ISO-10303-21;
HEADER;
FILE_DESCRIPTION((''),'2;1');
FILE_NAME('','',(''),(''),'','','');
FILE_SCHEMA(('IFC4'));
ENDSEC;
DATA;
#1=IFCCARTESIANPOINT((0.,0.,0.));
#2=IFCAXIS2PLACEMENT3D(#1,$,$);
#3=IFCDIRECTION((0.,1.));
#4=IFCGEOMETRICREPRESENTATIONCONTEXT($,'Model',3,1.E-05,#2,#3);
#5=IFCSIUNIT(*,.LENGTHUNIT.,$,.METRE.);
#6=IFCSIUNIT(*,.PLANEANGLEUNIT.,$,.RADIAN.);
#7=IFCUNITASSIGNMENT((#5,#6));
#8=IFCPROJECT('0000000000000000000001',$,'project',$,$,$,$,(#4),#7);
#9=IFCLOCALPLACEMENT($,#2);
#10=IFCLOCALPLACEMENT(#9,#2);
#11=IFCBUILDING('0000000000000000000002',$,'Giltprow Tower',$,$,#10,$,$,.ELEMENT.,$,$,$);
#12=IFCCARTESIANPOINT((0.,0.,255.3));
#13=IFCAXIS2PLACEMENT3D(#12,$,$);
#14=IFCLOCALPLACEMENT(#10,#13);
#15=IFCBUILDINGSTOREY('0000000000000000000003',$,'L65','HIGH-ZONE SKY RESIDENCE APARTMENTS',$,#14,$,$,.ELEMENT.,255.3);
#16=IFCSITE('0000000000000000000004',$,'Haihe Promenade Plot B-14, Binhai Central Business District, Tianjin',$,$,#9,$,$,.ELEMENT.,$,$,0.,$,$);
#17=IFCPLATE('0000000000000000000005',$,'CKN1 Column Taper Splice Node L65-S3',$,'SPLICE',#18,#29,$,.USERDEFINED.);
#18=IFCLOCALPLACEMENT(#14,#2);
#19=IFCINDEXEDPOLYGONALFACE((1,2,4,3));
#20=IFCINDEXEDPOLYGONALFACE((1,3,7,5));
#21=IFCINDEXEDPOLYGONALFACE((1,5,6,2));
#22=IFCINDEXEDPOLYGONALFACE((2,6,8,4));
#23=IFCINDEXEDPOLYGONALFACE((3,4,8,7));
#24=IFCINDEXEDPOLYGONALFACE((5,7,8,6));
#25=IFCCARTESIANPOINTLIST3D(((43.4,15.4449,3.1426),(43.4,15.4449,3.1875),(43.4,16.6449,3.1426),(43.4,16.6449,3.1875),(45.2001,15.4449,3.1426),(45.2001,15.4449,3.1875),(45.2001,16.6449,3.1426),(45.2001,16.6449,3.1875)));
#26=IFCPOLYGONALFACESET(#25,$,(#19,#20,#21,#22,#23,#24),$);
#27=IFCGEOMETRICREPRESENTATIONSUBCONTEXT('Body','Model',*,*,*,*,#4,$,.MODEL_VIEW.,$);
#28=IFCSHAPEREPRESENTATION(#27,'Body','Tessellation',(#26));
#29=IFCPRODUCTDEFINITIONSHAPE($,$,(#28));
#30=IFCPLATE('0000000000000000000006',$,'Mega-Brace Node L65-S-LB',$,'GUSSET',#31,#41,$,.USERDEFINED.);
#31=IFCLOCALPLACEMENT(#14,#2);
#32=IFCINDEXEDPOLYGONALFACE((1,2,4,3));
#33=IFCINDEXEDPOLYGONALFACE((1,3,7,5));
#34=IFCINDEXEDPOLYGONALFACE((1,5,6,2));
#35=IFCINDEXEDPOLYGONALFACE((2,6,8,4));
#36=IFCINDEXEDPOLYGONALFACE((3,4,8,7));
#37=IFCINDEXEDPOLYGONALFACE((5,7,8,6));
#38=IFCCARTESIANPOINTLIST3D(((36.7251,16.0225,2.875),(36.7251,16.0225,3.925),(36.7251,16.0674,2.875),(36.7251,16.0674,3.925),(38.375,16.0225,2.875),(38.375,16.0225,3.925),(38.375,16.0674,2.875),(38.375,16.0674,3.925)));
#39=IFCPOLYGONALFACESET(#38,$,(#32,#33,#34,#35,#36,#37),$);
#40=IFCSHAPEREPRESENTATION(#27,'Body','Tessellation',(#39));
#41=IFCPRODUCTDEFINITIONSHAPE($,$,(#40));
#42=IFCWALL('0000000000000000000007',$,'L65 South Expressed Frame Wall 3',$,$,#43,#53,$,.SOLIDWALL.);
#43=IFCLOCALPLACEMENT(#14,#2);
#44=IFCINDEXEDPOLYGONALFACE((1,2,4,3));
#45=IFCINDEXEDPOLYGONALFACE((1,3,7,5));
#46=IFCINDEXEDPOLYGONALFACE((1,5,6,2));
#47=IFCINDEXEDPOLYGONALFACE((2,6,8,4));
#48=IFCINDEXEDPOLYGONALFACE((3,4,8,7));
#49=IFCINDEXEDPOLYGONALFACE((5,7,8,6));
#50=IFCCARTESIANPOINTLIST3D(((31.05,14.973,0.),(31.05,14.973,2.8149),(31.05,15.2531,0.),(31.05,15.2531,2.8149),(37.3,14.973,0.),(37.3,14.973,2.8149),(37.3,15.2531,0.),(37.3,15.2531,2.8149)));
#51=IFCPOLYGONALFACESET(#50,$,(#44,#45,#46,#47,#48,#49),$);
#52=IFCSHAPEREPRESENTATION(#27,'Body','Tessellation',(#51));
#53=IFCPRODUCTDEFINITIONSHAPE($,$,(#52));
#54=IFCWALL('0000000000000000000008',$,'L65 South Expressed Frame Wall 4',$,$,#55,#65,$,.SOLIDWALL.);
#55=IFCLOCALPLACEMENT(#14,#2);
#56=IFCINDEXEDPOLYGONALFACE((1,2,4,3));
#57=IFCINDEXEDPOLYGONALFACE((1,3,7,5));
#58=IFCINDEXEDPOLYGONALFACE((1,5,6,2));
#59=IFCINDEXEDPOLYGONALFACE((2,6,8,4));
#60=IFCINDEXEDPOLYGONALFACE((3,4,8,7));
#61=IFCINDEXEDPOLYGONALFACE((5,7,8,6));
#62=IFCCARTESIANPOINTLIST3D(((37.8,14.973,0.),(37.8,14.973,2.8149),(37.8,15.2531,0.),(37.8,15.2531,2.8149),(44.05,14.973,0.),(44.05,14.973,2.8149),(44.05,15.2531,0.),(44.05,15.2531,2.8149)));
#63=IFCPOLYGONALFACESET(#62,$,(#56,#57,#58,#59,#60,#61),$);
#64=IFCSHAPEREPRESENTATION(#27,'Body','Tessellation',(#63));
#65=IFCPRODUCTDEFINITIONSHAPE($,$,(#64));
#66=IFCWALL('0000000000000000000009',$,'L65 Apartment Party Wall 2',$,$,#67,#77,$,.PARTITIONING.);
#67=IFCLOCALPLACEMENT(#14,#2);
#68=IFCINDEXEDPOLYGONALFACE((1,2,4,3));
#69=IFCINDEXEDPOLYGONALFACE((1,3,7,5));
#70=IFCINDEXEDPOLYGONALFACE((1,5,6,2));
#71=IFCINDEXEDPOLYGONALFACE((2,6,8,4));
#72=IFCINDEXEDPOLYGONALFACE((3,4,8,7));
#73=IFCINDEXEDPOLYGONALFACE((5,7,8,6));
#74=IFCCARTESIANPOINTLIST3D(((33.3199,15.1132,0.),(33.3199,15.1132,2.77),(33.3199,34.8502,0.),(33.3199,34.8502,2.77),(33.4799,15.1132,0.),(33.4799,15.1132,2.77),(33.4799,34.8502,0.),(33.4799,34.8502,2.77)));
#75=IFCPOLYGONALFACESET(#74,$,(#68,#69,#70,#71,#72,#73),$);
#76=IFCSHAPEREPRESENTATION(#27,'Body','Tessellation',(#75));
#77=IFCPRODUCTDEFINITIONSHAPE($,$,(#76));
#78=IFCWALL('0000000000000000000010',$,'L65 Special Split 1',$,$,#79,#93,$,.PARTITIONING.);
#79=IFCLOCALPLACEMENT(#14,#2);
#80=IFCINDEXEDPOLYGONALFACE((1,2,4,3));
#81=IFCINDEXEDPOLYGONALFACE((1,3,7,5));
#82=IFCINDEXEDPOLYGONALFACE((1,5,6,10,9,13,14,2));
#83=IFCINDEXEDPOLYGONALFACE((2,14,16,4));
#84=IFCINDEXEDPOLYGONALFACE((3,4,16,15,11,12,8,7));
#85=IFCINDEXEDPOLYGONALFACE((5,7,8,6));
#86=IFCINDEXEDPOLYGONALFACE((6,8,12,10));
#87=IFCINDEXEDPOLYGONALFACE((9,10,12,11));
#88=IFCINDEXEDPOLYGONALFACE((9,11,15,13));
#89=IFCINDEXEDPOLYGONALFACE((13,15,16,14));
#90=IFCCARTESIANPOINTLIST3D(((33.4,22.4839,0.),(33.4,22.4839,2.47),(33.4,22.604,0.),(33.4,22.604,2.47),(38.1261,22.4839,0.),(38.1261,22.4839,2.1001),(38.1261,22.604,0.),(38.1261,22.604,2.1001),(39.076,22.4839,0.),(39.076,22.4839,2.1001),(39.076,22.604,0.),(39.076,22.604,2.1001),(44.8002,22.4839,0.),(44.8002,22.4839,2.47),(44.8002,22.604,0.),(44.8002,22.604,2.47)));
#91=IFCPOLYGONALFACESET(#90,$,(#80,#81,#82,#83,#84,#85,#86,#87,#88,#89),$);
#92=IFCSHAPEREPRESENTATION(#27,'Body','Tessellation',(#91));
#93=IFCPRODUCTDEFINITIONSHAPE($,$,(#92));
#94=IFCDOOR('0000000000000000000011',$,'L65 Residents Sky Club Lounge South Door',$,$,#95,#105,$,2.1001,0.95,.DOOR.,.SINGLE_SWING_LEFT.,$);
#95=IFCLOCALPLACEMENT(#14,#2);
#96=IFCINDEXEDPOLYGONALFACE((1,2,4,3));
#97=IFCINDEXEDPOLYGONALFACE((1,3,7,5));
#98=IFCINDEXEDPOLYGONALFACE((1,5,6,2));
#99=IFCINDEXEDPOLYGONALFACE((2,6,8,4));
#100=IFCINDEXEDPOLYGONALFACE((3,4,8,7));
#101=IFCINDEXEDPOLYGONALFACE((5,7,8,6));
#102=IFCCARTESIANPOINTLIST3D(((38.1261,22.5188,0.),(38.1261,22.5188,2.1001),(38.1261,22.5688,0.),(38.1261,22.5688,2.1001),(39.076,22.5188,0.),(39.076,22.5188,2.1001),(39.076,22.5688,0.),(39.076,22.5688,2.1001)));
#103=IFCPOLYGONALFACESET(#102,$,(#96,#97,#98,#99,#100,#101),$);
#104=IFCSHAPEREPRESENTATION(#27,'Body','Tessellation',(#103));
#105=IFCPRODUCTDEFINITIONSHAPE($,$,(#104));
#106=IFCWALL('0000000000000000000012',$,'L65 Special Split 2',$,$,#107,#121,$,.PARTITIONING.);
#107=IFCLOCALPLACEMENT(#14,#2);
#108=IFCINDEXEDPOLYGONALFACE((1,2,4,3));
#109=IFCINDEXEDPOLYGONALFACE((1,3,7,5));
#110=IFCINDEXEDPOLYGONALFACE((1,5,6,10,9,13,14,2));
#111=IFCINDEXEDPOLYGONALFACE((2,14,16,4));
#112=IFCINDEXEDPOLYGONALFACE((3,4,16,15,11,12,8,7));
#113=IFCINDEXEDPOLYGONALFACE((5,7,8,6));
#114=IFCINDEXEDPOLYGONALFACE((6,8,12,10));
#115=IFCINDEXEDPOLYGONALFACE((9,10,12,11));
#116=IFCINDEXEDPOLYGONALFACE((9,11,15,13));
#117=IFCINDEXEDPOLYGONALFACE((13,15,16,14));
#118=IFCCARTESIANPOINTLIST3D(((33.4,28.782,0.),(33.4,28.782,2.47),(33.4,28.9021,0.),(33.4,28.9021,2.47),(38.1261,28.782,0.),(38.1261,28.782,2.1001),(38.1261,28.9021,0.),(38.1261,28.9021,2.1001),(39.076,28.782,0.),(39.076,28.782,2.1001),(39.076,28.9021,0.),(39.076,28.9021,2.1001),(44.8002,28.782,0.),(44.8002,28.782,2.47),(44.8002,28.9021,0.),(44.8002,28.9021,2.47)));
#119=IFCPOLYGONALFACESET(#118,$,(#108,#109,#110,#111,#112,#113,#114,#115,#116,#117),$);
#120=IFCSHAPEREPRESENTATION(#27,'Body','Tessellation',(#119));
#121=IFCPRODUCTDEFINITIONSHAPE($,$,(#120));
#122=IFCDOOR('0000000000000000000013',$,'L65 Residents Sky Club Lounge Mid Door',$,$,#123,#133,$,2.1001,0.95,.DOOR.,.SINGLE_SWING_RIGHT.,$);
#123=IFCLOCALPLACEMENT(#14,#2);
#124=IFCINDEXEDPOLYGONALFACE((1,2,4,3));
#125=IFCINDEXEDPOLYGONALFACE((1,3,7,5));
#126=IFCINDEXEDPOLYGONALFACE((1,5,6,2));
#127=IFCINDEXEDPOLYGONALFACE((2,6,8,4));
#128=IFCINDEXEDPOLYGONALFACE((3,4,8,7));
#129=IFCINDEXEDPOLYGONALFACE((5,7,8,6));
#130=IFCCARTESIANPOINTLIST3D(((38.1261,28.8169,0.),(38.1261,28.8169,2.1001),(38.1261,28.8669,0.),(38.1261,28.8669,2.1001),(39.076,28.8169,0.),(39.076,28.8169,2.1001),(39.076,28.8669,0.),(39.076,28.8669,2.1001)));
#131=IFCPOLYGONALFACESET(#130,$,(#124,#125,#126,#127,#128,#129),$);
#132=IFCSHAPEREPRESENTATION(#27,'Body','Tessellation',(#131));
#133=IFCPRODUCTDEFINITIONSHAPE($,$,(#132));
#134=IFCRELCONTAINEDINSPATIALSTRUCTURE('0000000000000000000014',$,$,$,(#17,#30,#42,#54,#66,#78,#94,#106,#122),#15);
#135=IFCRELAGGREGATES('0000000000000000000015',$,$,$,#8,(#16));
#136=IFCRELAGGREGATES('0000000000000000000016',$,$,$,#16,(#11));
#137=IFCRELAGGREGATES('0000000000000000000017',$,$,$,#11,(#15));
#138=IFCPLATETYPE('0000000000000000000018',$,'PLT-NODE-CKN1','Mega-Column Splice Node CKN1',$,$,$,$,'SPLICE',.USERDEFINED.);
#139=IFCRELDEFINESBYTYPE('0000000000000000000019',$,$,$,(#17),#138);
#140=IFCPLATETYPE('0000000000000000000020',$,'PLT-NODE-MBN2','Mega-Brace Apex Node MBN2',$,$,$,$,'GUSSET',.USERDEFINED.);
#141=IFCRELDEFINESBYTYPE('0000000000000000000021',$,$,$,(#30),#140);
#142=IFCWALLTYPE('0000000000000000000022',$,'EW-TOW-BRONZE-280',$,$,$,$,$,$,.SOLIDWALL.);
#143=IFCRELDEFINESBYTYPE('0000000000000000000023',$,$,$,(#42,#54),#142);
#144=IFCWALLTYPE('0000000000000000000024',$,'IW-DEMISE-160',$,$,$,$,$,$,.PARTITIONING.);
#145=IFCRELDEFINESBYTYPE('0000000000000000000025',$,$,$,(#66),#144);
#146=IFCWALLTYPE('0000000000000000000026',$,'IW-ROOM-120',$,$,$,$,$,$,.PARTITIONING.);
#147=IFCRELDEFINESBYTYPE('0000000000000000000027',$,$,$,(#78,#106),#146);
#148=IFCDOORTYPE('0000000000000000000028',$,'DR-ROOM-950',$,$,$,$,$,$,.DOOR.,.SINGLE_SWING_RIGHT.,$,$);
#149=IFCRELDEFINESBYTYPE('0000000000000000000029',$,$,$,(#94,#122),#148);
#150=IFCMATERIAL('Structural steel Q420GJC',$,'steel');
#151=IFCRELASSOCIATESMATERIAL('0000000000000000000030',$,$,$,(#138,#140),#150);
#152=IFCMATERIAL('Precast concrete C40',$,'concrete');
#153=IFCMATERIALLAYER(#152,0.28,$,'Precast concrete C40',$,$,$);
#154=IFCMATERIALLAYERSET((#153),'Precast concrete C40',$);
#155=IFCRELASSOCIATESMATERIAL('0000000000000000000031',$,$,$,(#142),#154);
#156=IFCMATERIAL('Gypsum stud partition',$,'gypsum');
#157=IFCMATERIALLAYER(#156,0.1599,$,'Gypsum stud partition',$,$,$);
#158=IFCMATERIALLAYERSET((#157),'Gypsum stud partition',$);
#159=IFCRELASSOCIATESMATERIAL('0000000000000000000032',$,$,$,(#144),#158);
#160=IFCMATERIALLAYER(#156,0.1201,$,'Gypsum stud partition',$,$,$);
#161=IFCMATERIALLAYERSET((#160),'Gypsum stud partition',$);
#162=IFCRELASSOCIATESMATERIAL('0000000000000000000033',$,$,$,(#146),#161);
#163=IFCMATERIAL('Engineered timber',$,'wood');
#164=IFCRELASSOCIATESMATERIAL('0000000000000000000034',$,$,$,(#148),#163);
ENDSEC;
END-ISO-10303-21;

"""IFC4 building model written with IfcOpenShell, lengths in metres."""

from ifc_helpers import new_model, si_unit, direction, frame, frame_2d, origin, origin_2d, place, context, subcontext, project, spatial, rectangle, extrude, source, transform, mapped, material, layer, layer_set, type_object, element, fill, save


model = new_model("IFC4")

# Units and contexts
model_context = context("Model", 3, precision=1e-05, world=origin(), true_north=direction((0.0, 1.0)))
body_context = subcontext(model_context, "Body", "Model", "MODEL_VIEW")
ifc_project = project(units=[si_unit("LENGTHUNIT", "METRE"), si_unit("PLANEANGLEUNIT", "RADIAN")], contexts=[model_context])

# Site, building, storey
site_placement = place(None, origin())
site = spatial("IfcSite", under=ifc_project, at=site_placement, Name="Haihe Promenade Plot B-14, Binhai Central Business District, Tianjin", CompositionType="ELEMENT", RefElevation=0.0)
building_placement = place(site_placement, origin())
building = spatial("IfcBuilding", under=site, at=building_placement, Name="Giltprow Tower", CompositionType="ELEMENT")
storey_placement = place(building_placement, frame((0.0, 0.0, 255.3)))
storey = spatial("IfcBuildingStorey", under=building, at=storey_placement, Name="L65", Description="HIGH-ZONE SKY RESIDENCE APARTMENTS", CompositionType="ELEMENT", Elevation=255.3)

# Shared definitions
ifc_material_1 = material(Name="Structural steel Q420GJC", Category="steel")

# Plates
plate_type_1 = type_object("IfcPlateType", Name="PLT-NODE-CKN1", Description="Mega-Column Splice Node CKN1", ElementType="SPLICE", PredefinedType="USERDEFINED", material=ifc_material_1)
shared_shape_1 = source(origin(), body_context, "Body", "SweptSolid", [
    extrude(rectangle(XDim=1.8, YDim=1.2, at=origin_2d()), origin(), (0.0, 0.0, 1.0), 0.0449),
])
for number, where, z_axis, x_axis, name in (
    (1, (44.3, 16.0449, 3.1426), (0.0, 0.0, 1.0), (1.0, 0.0, 0.0), "CKN1 Column Taper Splice Node L65-S3"),
):
    element("IfcPlate", number, at=place(storey_placement, frame(where, z_axis=z_axis, x_axis=x_axis)), inside=storey, type_object=plate_type_1, Name=name, ObjectType="SPLICE", PredefinedType="USERDEFINED", context=body_context, shape_type="MappedRepresentation", body=[
        mapped(shared_shape_1, transform((0.0, 0.0, 0.0), x_axis=(1.0, 0.0, 0.0), y_axis=(0.0, 1.0, 0.0), z_axis=(0.0, 0.0, 1.0), scale=1.0)),
    ])
plate_type_2 = type_object("IfcPlateType", Name="PLT-NODE-MBN2", Description="Mega-Brace Apex Node MBN2", ElementType="GUSSET", PredefinedType="USERDEFINED", material=ifc_material_1)
shared_shape_2 = source(origin(), body_context, "Body", "SweptSolid", [
    extrude(rectangle(XDim=1.6499, YDim=0.0449, at=origin_2d()), origin(), (0.0, 0.0, 1.0), 1.05),
])
plate_placement = place(storey_placement, frame((37.55, 16.0449, 2.875), z_axis=(0.0, 0.0, 1.0), x_axis=(1.0, 0.0, 0.0)))
element("IfcPlate", 2, at=plate_placement, inside=storey, type_object=plate_type_2, Name="Mega-Brace Node L65-S-LB", ObjectType="GUSSET", PredefinedType="USERDEFINED", context=body_context, shape_type="MappedRepresentation", body=[
    mapped(shared_shape_2, transform((0.0, 0.0, 0.0), x_axis=(1.0, 0.0, 0.0), y_axis=(0.0, 1.0, 0.0), z_axis=(0.0, 0.0, 1.0), scale=1.0)),
])

# Walls
ifc_material_2 = material(Name="Precast concrete C40", Category="concrete")
ifc_layer_1 = layer(ifc_material_2, 0.28, Name="Precast concrete C40")
ifc_layer_set_1 = layer_set([ifc_layer_1], Name="Precast concrete C40")
wall_type_1 = type_object("IfcWallType", Name="EW-TOW-BRONZE-280", PredefinedType="SOLIDWALL", material=ifc_layer_set_1)
for number, where, z_axis, x_axis, name in (
    (3, (31.05, 15.113, 0.0), (0.0, 0.0, 1.0), (1.0, 0.0, 0.0), "L65 South Expressed Frame Wall 3"),
    (4, (37.8, 15.113, 0.0), (0.0, 0.0, 1.0), (1.0, 0.0, 0.0), "L65 South Expressed Frame Wall 4"),
):
    element("IfcWall", number, at=place(storey_placement, frame(where, z_axis=z_axis, x_axis=x_axis)), inside=storey, type_object=wall_type_1, Name=name, PredefinedType="SOLIDWALL", context=body_context, shape_type="SweptSolid", body=[
        extrude(rectangle(XDim=6.25, YDim=0.28, at=frame_2d((3.125, 0.0))), origin(), (0.0, 0.0, 1.0), 2.8149),
    ])
ifc_material_3 = material(Name="Gypsum stud partition", Category="gypsum")
ifc_layer_2 = layer(ifc_material_3, 0.1599, Name="Gypsum stud partition")
ifc_layer_set_2 = layer_set([ifc_layer_2], Name="Gypsum stud partition")
wall_type_2 = type_object("IfcWallType", Name="IW-DEMISE-160", PredefinedType="PARTITIONING", material=ifc_layer_set_2)
wall_1_placement = place(storey_placement, frame((33.3999, 15.113, 0.0), z_axis=(0.0, 0.0, 1.0), x_axis=(0.0, 1.0, 0.0)))
element("IfcWall", 5, at=wall_1_placement, inside=storey, type_object=wall_type_2, Name="L65 Apartment Party Wall 2", PredefinedType="PARTITIONING", context=body_context, shape_type="SweptSolid", body=[
    extrude(rectangle(XDim=19.7371, YDim=0.1599, at=frame_2d((9.8687, 0.0))), origin(), (0.0, 0.0, 1.0), 2.77),
])

# Walls, openings, doors
ifc_layer_3 = layer(ifc_material_3, 0.1201, Name="Gypsum stud partition")
ifc_layer_set_3 = layer_set([ifc_layer_3], Name="Gypsum stud partition")
wall_type_3 = type_object("IfcWallType", Name="IW-ROOM-120", PredefinedType="PARTITIONING", material=ifc_layer_set_3)
wall_2_placement = place(storey_placement, frame((33.3999, 22.5439, 0.0), z_axis=(0.0, 0.0, 1.0), x_axis=(1.0, 0.0, 0.0)))
wall_2 = element("IfcWall", 6, at=wall_2_placement, inside=storey, type_object=wall_type_3, Name="L65 Special Split 1", PredefinedType="PARTITIONING", context=body_context, shape_type="SweptSolid", body=[
    extrude(rectangle(XDim=11.4001, YDim=0.1201, at=frame_2d((5.7002, 0.0))), origin(), (0.0, 0.0, 1.0), 2.47),
])
opening_1_placement = place(wall_2_placement, frame((4.7261, 0.0, 0.0)))
opening_1 = element("IfcOpeningElement", 7, at=opening_1_placement, cuts=wall_2, PredefinedType="OPENING", context=body_context, shape_type="SweptSolid", body=[
    extrude(rectangle(XDim=0.95, YDim=2.1001, at=frame_2d((0.4751, 1.05))), frame((0.0, 0.0701, 0.0), z_axis=(0.0, -1.0, 0.0), x_axis=(1.0, 0.0, 0.0)), (0.0, 0.0, 1.0), 0.1401),
])
ifc_material_4 = material(Name="Engineered timber", Category="wood")
door_type = type_object("IfcDoorType", Name="DR-ROOM-950", OperationType="SINGLE_SWING_RIGHT", PredefinedType="DOOR", material=ifc_material_4)
shared_shape_3 = source(origin(), body_context, "Body", "SweptSolid", [
    extrude(rectangle(XDim=0.95, YDim=2.1001, at=frame_2d((0.4751, 1.05))), frame((0.0, 0.0249, 0.0), z_axis=(0.0, -1.0, 0.0), x_axis=(1.0, 0.0, 0.0)), (0.0, 0.0, 1.0), 0.05),
])
door_1_placement = place(opening_1_placement, origin())
door_1 = element("IfcDoor", 8, at=door_1_placement, inside=storey, type_object=door_type, Name="L65 Residents Sky Club Lounge South Door", OperationType="SINGLE_SWING_LEFT", OverallHeight=2.1001, OverallWidth=0.95, PredefinedType="DOOR", context=body_context, shape_type="MappedRepresentation", body=[
    mapped(shared_shape_3, transform((0.0, 0.0, 0.0), x_axis=(1.0, 0.0, 0.0), y_axis=(0.0, 1.0, 0.0), z_axis=(0.0, 0.0, 1.0), scale=1.0)),
])
fill(opening_1, door_1)
wall_3_placement = place(storey_placement, frame((33.3999, 28.842, 0.0), z_axis=(0.0, 0.0, 1.0), x_axis=(1.0, 0.0, 0.0)))
wall_3 = element("IfcWall", 9, at=wall_3_placement, inside=storey, type_object=wall_type_3, Name="L65 Special Split 2", PredefinedType="PARTITIONING", context=body_context, shape_type="SweptSolid", body=[
    extrude(rectangle(XDim=11.4001, YDim=0.1201, at=frame_2d((5.7002, 0.0))), origin(), (0.0, 0.0, 1.0), 2.47),
])
opening_2_placement = place(wall_3_placement, frame((4.7261, 0.0, 0.0)))
opening_2 = element("IfcOpeningElement", 10, at=opening_2_placement, cuts=wall_3, PredefinedType="OPENING", context=body_context, shape_type="SweptSolid", body=[
    extrude(rectangle(XDim=0.95, YDim=2.1001, at=frame_2d((0.4751, 1.05))), frame((0.0, 0.0701, 0.0), z_axis=(0.0, -1.0, 0.0), x_axis=(1.0, 0.0, 0.0)), (0.0, 0.0, 1.0), 0.1401),
])
door_2_placement = place(opening_2_placement, origin())
door_2 = element("IfcDoor", 11, at=door_2_placement, inside=storey, type_object=door_type, Name="L65 Residents Sky Club Lounge Mid Door", OperationType="SINGLE_SWING_RIGHT", OverallHeight=2.1001, OverallWidth=0.95, PredefinedType="DOOR", context=body_context, shape_type="MappedRepresentation", body=[
    mapped(shared_shape_3, transform((0.0, 0.0, 0.0), x_axis=(1.0, 0.0, 0.0), y_axis=(0.0, 1.0, 0.0), z_axis=(0.0, 0.0, 1.0), scale=1.0)),
])
fill(opening_2, door_2)

save(model, "model.ifc")
